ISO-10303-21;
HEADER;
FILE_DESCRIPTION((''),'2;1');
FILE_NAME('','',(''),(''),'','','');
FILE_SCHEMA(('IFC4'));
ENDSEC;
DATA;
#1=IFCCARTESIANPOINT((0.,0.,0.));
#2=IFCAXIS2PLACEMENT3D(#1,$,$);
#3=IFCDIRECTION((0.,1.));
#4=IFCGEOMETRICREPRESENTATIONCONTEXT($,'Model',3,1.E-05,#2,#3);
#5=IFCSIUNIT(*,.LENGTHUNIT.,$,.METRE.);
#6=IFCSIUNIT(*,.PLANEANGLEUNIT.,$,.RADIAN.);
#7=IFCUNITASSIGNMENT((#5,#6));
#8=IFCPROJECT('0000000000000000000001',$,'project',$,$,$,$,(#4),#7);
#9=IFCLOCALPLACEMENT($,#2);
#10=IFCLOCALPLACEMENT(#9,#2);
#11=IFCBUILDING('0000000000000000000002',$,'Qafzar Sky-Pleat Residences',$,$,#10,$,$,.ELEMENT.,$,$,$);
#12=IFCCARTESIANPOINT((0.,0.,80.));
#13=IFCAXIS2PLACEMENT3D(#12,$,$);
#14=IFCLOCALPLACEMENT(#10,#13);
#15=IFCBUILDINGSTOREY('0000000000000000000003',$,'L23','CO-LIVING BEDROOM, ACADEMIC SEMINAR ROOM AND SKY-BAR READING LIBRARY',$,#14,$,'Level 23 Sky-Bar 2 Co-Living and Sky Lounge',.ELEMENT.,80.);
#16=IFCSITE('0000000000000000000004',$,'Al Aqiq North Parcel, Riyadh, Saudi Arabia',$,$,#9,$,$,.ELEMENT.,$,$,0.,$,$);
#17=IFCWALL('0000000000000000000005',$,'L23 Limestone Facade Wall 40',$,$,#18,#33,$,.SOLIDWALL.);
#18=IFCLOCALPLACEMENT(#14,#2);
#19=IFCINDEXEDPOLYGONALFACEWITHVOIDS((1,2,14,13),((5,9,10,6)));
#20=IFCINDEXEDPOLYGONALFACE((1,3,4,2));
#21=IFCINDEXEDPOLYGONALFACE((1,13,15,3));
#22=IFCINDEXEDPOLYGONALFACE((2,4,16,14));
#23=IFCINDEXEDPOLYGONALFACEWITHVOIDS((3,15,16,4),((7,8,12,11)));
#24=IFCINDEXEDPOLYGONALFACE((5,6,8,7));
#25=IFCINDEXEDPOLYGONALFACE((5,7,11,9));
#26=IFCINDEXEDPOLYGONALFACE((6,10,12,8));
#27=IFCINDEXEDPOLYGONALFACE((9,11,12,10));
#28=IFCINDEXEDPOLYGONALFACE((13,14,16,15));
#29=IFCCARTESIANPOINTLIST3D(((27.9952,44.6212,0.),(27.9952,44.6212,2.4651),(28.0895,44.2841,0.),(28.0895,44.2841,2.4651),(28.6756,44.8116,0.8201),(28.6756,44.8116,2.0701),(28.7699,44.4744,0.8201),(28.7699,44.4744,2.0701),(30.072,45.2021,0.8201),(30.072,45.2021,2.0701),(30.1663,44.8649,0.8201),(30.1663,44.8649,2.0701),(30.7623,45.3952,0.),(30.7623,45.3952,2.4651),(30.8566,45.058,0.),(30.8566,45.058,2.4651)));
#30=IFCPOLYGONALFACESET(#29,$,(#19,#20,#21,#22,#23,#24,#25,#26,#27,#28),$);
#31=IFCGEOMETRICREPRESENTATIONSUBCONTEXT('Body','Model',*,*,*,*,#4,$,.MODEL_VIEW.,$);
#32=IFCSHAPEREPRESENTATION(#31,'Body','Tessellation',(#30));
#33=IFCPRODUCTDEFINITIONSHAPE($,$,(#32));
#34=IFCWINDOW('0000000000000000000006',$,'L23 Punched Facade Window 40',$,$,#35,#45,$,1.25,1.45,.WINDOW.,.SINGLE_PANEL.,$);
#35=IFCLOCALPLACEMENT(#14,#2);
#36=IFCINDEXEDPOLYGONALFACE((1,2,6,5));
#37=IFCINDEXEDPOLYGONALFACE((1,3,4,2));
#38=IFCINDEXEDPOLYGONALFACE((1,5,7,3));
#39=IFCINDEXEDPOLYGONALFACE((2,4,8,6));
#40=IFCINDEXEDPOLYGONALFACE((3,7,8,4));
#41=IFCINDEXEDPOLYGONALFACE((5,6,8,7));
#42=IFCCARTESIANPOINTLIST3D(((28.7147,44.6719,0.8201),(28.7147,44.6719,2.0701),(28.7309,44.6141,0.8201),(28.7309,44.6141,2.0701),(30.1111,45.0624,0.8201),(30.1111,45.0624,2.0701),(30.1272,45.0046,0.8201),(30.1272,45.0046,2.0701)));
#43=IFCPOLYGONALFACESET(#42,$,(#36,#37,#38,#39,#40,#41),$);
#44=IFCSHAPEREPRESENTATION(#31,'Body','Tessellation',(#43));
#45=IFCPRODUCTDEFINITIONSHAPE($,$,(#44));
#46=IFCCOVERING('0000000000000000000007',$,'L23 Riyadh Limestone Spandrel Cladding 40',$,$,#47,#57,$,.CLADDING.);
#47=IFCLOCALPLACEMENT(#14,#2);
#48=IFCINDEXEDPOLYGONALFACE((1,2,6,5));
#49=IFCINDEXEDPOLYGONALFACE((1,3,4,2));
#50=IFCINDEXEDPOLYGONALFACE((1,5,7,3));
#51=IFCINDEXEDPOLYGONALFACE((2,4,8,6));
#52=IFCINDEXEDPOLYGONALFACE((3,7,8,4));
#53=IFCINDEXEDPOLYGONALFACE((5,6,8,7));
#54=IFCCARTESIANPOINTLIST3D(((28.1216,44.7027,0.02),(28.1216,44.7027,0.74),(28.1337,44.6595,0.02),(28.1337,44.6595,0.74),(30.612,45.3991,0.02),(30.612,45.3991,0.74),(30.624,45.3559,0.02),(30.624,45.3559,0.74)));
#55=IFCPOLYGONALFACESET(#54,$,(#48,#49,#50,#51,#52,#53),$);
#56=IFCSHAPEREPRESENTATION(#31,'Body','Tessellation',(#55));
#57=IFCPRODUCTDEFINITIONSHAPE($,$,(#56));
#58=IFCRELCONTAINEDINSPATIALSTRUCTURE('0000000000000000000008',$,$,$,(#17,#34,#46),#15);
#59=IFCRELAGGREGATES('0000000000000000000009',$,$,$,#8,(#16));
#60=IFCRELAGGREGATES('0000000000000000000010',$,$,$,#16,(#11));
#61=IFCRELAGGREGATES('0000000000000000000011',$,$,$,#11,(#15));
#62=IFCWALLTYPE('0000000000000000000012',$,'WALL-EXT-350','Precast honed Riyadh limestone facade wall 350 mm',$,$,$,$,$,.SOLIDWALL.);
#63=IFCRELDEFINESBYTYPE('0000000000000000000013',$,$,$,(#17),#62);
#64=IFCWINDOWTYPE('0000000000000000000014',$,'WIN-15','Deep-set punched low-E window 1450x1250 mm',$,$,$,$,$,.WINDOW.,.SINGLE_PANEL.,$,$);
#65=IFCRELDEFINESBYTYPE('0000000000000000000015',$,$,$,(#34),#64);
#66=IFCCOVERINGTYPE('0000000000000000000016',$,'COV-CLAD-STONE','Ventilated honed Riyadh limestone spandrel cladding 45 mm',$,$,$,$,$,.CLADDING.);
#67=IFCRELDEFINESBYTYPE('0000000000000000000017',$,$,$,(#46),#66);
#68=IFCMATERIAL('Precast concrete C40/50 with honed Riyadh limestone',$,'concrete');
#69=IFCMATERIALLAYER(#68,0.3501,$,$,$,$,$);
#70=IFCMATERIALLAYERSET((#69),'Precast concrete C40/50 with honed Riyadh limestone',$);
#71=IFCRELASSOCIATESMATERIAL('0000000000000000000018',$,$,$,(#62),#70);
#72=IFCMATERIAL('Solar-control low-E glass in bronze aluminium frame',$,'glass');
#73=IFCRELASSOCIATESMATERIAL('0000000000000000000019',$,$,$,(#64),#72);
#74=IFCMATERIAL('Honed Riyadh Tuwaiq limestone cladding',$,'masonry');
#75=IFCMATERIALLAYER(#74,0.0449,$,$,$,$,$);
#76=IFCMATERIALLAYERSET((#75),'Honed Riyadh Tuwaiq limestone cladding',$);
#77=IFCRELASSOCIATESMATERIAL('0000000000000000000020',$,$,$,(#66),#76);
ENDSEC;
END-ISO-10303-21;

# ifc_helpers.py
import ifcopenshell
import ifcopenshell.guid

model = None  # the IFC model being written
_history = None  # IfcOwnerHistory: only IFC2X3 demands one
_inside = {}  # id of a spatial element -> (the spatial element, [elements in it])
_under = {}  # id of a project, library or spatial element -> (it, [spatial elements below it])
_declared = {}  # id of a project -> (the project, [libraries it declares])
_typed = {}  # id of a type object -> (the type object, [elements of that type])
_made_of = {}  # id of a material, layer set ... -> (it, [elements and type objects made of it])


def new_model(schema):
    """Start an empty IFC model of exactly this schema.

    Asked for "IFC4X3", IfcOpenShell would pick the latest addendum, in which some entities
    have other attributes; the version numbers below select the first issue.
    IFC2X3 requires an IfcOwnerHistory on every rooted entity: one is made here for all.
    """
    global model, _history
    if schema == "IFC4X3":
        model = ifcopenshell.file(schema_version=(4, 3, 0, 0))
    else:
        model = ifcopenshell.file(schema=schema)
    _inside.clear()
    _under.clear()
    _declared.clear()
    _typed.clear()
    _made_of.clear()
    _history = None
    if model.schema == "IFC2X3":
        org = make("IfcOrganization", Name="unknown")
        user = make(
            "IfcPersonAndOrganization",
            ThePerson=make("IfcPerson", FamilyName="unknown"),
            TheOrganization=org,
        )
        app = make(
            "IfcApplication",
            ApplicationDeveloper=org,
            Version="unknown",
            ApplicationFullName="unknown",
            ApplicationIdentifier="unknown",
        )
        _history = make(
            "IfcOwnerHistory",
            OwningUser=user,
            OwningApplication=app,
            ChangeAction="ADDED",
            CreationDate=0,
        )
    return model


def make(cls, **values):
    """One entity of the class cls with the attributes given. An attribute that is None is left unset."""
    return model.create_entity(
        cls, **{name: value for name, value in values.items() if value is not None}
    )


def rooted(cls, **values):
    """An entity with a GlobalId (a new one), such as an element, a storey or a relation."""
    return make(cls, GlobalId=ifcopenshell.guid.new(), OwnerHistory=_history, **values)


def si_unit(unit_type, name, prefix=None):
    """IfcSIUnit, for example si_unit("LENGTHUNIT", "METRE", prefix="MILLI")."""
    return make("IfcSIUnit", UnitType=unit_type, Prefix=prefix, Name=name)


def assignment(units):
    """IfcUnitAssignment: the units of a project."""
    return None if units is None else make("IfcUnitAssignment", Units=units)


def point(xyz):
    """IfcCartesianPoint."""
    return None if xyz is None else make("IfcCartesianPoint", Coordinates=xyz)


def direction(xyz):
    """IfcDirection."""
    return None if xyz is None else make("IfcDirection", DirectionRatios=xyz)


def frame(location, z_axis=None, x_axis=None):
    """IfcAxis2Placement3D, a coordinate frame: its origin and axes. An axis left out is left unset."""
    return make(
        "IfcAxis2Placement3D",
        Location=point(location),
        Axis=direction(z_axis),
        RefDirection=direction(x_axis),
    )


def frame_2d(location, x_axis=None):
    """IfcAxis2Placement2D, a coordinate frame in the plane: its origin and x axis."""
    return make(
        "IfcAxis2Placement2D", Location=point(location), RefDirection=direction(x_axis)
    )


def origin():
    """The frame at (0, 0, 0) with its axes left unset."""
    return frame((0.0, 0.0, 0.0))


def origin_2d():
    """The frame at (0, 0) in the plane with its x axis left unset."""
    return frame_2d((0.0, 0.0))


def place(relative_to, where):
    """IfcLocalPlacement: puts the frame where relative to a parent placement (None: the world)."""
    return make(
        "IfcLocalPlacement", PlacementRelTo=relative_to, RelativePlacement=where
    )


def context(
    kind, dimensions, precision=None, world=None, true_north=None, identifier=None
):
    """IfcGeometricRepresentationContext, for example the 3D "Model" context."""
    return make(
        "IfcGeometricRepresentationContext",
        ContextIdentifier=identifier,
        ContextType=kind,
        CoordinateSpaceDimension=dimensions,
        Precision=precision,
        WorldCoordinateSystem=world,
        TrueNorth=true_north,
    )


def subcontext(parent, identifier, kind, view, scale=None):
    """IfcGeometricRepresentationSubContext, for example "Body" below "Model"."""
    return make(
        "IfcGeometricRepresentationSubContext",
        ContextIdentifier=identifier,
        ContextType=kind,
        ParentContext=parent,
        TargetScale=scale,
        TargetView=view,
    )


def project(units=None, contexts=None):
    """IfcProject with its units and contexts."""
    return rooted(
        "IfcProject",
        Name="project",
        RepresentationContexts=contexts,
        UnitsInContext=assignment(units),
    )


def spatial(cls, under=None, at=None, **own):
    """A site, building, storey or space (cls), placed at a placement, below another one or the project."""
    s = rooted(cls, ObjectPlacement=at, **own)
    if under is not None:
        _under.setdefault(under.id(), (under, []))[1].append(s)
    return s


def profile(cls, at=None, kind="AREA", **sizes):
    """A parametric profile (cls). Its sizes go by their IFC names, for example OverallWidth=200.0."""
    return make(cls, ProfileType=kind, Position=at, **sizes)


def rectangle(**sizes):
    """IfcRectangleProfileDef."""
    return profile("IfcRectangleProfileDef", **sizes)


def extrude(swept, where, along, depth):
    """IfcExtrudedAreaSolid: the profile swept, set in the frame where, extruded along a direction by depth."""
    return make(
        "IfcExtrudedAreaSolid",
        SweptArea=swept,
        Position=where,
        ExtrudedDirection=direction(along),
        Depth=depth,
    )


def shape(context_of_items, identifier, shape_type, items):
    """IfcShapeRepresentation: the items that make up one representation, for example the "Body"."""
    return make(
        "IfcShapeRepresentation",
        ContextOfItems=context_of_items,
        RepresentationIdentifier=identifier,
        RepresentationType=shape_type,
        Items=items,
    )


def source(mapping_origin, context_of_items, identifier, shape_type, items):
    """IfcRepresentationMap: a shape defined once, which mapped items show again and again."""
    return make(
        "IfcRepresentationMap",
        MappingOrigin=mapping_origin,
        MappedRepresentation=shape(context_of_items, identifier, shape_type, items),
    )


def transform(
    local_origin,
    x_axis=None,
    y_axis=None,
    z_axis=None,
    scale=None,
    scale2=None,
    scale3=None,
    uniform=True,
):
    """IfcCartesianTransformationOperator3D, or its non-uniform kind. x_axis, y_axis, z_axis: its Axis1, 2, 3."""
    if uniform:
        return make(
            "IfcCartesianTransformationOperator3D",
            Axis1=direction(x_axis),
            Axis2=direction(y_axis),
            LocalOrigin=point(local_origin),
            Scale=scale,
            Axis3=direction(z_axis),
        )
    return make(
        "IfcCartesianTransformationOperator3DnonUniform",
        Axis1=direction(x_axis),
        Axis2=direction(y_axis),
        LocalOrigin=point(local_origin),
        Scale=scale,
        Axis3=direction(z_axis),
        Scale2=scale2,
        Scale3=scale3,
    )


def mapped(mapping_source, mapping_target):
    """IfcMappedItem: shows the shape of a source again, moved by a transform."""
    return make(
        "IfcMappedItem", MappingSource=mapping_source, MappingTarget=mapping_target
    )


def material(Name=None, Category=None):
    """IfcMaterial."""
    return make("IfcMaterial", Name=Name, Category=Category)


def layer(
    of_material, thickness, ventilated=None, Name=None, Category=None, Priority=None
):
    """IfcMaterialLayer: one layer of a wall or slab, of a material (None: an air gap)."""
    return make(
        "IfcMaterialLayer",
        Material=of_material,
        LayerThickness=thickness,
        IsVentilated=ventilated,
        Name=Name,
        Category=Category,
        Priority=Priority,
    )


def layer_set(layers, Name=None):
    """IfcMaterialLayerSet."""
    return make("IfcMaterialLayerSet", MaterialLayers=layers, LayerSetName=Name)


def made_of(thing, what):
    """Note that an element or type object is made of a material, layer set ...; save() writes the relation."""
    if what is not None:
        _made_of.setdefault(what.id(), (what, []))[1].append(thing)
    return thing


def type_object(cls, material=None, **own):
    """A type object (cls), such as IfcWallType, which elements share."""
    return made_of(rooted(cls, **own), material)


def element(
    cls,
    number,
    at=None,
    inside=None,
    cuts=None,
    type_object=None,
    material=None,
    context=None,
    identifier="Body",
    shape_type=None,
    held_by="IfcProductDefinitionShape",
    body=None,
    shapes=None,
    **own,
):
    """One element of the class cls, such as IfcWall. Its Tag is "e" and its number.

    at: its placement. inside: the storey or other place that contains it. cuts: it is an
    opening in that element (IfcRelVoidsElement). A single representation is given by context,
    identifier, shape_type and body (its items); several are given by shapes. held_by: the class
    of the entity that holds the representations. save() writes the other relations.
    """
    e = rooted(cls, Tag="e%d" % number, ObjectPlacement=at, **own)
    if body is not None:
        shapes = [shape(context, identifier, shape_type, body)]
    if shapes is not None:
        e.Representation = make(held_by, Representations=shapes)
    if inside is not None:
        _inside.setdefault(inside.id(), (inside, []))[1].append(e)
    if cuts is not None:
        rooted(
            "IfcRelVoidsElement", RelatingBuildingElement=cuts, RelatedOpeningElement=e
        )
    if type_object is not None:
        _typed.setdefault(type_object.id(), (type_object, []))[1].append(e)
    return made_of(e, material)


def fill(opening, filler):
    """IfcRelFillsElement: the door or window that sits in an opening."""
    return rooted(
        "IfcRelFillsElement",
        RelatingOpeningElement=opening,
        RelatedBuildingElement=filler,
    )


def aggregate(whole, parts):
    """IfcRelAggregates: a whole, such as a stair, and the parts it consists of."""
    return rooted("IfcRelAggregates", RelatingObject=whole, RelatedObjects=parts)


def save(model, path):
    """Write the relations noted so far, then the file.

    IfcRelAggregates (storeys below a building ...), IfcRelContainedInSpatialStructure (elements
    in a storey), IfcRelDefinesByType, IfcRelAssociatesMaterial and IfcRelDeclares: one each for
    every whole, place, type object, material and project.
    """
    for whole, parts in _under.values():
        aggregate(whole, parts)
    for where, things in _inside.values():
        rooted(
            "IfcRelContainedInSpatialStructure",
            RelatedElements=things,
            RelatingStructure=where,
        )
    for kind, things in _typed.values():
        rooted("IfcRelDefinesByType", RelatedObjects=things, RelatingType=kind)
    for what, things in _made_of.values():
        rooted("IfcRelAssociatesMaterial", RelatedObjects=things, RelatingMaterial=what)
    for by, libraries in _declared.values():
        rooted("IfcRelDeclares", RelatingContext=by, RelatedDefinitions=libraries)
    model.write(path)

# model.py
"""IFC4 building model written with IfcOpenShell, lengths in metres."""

from ifc_helpers import new_model, si_unit, direction, frame, frame_2d, origin, origin_2d, place, context, subcontext, project, spatial, rectangle, extrude, source, transform, mapped, material, layer, layer_set, type_object, element, fill, save


model = new_model("IFC4")

# Units and contexts
model_context = context("Model", 3, precision=1e-05, world=origin(), true_north=direction((0.0, 1.0)))
body_context = subcontext(model_context, "Body", "Model", "MODEL_VIEW")
ifc_project = project(units=[si_unit("LENGTHUNIT", "METRE"), si_unit("PLANEANGLEUNIT", "RADIAN")], contexts=[model_context])

# Site, building, storey
site_placement = place(None, origin())
site = spatial("IfcSite", under=ifc_project, at=site_placement, Name="Al Aqiq North Parcel, Riyadh, Saudi Arabia", CompositionType="ELEMENT", RefElevation=0.0)
building_placement = place(site_placement, origin())
building = spatial("IfcBuilding", under=site, at=building_placement, Name="Qafzar Sky-Pleat Residences", CompositionType="ELEMENT")
storey_placement = place(building_placement, frame((0.0, 0.0, 80.0)))
storey = spatial("IfcBuildingStorey", under=building, at=storey_placement, Name="L23", Description="CO-LIVING BEDROOM, ACADEMIC SEMINAR ROOM AND SKY-BAR READING LIBRARY", LongName="Level 23 Sky-Bar 2 Co-Living and Sky Lounge", CompositionType="ELEMENT", Elevation=80.0)

# Shared definitions
ifc_material_1 = material(Name="Precast concrete C40/50 with honed Riyadh limestone", Category="concrete")

# Wall, opening, window
ifc_layer_1 = layer(ifc_material_1, 0.3501)
ifc_layer_set_1 = layer_set([ifc_layer_1], Name="Precast concrete C40/50 with honed Riyadh limestone")
wall_type_1 = type_object("IfcWallType", Name="WALL-EXT-350", Description="Precast honed Riyadh limestone facade wall 350 mm", PredefinedType="SOLIDWALL", material=ifc_layer_set_1)
wall_1_placement = place(storey_placement, frame((30.8093, 45.2266, 0.0), z_axis=(0.0, 0.0, 1.0), x_axis=(-0.963042, -0.269353, 0.0)))
wall_1 = element("IfcWall", 1, at=wall_1_placement, inside=storey, type_object=wall_type_1, Name="L23 Limestone Facade Wall 40", PredefinedType="SOLIDWALL", context=body_context, shape_type="SweptSolid", body=[
    extrude(rectangle(XDim=2.8733, YDim=0.3501, at=frame_2d((1.4365, 0.0))), origin(), (0.0, 0.0, 1.0), 2.4651),
])
opening_placement = place(wall_1_placement, frame((0.7166, 0.0, 0.8201)))
opening = element("IfcOpeningElement", 2, at=opening_placement, cuts=wall_1, PredefinedType="OPENING", context=body_context, shape_type="SweptSolid", body=[
    extrude(rectangle(XDim=1.45, YDim=1.25, at=frame_2d((0.7251, 0.625))), frame((0.0, 0.1851, 0.0), z_axis=(0.0, -1.0, 0.0), x_axis=(1.0, 0.0, 0.0)), (0.0, 0.0, 1.0), 0.3701),
])
ifc_material_2 = material(Name="Solar-control low-E glass in bronze aluminium frame", Category="glass")
window_type = type_object("IfcWindowType", Name="WIN-15", Description="Deep-set punched low-E window 1450x1250 mm", PartitioningType="SINGLE_PANEL", PredefinedType="WINDOW", material=ifc_material_2)
shared_shape_1 = source(origin(), body_context, "Body", "SweptSolid", [
    extrude(rectangle(XDim=1.45, YDim=1.25, at=frame_2d((0.7251, 0.625))), frame((0.0, 0.03, 0.0), z_axis=(0.0, -1.0, 0.0), x_axis=(1.0, 0.0, 0.0)), (0.0, 0.0, 1.0), 0.0601),
])
window_placement = place(opening_placement, origin())
window = element("IfcWindow", 3, at=window_placement, inside=storey, type_object=window_type, Name="L23 Punched Facade Window 40", OverallHeight=1.25, OverallWidth=1.45, PartitioningType="SINGLE_PANEL", PredefinedType="WINDOW", context=body_context, shape_type="MappedRepresentation", body=[
    mapped(shared_shape_1, transform((0.0, 0.0, 0.0), x_axis=(1.0, 0.0, 0.0), y_axis=(0.0, 1.0, 0.0), z_axis=(0.0, 0.0, 1.0), scale=1.0)),
])
fill(opening, window)

# Covering
ifc_material_3 = material(Name="Honed Riyadh Tuwaiq limestone cladding", Category="masonry")
ifc_layer_2 = layer(ifc_material_3, 0.0449)
ifc_layer_set_2 = layer_set([ifc_layer_2], Name="Honed Riyadh Tuwaiq limestone cladding")
covering_type = type_object("IfcCoveringType", Name="COV-CLAD-STONE", Description="Ventilated honed Riyadh limestone spandrel cladding 45 mm", PredefinedType="CLADDING", material=ifc_layer_set_2)
shared_shape_2 = source(origin(), body_context, "Body", "SweptSolid", [
    extrude(rectangle(XDim=2.5859, YDim=0.0449, at=origin_2d()), origin(), (0.0, 0.0, 1.0), 0.72),
])
covering_placement = place(storey_placement, frame((29.3728, 45.0293, 0.02), z_axis=(0.0, 0.0, 1.0), x_axis=(-0.963053, -0.269311, 0.0)))
element("IfcCovering", 4, at=covering_placement, inside=storey, type_object=covering_type, Name="L23 Riyadh Limestone Spandrel Cladding 40", PredefinedType="CLADDING", context=body_context, shape_type="MappedRepresentation", body=[
    mapped(shared_shape_2, transform((0.0, 0.0, 0.0), x_axis=(1.0, 0.0, 0.0), y_axis=(0.0, 1.0, 0.0), z_axis=(0.0, 0.0, 1.0), scale=1.0)),
])

save(model, "model.ifc")
